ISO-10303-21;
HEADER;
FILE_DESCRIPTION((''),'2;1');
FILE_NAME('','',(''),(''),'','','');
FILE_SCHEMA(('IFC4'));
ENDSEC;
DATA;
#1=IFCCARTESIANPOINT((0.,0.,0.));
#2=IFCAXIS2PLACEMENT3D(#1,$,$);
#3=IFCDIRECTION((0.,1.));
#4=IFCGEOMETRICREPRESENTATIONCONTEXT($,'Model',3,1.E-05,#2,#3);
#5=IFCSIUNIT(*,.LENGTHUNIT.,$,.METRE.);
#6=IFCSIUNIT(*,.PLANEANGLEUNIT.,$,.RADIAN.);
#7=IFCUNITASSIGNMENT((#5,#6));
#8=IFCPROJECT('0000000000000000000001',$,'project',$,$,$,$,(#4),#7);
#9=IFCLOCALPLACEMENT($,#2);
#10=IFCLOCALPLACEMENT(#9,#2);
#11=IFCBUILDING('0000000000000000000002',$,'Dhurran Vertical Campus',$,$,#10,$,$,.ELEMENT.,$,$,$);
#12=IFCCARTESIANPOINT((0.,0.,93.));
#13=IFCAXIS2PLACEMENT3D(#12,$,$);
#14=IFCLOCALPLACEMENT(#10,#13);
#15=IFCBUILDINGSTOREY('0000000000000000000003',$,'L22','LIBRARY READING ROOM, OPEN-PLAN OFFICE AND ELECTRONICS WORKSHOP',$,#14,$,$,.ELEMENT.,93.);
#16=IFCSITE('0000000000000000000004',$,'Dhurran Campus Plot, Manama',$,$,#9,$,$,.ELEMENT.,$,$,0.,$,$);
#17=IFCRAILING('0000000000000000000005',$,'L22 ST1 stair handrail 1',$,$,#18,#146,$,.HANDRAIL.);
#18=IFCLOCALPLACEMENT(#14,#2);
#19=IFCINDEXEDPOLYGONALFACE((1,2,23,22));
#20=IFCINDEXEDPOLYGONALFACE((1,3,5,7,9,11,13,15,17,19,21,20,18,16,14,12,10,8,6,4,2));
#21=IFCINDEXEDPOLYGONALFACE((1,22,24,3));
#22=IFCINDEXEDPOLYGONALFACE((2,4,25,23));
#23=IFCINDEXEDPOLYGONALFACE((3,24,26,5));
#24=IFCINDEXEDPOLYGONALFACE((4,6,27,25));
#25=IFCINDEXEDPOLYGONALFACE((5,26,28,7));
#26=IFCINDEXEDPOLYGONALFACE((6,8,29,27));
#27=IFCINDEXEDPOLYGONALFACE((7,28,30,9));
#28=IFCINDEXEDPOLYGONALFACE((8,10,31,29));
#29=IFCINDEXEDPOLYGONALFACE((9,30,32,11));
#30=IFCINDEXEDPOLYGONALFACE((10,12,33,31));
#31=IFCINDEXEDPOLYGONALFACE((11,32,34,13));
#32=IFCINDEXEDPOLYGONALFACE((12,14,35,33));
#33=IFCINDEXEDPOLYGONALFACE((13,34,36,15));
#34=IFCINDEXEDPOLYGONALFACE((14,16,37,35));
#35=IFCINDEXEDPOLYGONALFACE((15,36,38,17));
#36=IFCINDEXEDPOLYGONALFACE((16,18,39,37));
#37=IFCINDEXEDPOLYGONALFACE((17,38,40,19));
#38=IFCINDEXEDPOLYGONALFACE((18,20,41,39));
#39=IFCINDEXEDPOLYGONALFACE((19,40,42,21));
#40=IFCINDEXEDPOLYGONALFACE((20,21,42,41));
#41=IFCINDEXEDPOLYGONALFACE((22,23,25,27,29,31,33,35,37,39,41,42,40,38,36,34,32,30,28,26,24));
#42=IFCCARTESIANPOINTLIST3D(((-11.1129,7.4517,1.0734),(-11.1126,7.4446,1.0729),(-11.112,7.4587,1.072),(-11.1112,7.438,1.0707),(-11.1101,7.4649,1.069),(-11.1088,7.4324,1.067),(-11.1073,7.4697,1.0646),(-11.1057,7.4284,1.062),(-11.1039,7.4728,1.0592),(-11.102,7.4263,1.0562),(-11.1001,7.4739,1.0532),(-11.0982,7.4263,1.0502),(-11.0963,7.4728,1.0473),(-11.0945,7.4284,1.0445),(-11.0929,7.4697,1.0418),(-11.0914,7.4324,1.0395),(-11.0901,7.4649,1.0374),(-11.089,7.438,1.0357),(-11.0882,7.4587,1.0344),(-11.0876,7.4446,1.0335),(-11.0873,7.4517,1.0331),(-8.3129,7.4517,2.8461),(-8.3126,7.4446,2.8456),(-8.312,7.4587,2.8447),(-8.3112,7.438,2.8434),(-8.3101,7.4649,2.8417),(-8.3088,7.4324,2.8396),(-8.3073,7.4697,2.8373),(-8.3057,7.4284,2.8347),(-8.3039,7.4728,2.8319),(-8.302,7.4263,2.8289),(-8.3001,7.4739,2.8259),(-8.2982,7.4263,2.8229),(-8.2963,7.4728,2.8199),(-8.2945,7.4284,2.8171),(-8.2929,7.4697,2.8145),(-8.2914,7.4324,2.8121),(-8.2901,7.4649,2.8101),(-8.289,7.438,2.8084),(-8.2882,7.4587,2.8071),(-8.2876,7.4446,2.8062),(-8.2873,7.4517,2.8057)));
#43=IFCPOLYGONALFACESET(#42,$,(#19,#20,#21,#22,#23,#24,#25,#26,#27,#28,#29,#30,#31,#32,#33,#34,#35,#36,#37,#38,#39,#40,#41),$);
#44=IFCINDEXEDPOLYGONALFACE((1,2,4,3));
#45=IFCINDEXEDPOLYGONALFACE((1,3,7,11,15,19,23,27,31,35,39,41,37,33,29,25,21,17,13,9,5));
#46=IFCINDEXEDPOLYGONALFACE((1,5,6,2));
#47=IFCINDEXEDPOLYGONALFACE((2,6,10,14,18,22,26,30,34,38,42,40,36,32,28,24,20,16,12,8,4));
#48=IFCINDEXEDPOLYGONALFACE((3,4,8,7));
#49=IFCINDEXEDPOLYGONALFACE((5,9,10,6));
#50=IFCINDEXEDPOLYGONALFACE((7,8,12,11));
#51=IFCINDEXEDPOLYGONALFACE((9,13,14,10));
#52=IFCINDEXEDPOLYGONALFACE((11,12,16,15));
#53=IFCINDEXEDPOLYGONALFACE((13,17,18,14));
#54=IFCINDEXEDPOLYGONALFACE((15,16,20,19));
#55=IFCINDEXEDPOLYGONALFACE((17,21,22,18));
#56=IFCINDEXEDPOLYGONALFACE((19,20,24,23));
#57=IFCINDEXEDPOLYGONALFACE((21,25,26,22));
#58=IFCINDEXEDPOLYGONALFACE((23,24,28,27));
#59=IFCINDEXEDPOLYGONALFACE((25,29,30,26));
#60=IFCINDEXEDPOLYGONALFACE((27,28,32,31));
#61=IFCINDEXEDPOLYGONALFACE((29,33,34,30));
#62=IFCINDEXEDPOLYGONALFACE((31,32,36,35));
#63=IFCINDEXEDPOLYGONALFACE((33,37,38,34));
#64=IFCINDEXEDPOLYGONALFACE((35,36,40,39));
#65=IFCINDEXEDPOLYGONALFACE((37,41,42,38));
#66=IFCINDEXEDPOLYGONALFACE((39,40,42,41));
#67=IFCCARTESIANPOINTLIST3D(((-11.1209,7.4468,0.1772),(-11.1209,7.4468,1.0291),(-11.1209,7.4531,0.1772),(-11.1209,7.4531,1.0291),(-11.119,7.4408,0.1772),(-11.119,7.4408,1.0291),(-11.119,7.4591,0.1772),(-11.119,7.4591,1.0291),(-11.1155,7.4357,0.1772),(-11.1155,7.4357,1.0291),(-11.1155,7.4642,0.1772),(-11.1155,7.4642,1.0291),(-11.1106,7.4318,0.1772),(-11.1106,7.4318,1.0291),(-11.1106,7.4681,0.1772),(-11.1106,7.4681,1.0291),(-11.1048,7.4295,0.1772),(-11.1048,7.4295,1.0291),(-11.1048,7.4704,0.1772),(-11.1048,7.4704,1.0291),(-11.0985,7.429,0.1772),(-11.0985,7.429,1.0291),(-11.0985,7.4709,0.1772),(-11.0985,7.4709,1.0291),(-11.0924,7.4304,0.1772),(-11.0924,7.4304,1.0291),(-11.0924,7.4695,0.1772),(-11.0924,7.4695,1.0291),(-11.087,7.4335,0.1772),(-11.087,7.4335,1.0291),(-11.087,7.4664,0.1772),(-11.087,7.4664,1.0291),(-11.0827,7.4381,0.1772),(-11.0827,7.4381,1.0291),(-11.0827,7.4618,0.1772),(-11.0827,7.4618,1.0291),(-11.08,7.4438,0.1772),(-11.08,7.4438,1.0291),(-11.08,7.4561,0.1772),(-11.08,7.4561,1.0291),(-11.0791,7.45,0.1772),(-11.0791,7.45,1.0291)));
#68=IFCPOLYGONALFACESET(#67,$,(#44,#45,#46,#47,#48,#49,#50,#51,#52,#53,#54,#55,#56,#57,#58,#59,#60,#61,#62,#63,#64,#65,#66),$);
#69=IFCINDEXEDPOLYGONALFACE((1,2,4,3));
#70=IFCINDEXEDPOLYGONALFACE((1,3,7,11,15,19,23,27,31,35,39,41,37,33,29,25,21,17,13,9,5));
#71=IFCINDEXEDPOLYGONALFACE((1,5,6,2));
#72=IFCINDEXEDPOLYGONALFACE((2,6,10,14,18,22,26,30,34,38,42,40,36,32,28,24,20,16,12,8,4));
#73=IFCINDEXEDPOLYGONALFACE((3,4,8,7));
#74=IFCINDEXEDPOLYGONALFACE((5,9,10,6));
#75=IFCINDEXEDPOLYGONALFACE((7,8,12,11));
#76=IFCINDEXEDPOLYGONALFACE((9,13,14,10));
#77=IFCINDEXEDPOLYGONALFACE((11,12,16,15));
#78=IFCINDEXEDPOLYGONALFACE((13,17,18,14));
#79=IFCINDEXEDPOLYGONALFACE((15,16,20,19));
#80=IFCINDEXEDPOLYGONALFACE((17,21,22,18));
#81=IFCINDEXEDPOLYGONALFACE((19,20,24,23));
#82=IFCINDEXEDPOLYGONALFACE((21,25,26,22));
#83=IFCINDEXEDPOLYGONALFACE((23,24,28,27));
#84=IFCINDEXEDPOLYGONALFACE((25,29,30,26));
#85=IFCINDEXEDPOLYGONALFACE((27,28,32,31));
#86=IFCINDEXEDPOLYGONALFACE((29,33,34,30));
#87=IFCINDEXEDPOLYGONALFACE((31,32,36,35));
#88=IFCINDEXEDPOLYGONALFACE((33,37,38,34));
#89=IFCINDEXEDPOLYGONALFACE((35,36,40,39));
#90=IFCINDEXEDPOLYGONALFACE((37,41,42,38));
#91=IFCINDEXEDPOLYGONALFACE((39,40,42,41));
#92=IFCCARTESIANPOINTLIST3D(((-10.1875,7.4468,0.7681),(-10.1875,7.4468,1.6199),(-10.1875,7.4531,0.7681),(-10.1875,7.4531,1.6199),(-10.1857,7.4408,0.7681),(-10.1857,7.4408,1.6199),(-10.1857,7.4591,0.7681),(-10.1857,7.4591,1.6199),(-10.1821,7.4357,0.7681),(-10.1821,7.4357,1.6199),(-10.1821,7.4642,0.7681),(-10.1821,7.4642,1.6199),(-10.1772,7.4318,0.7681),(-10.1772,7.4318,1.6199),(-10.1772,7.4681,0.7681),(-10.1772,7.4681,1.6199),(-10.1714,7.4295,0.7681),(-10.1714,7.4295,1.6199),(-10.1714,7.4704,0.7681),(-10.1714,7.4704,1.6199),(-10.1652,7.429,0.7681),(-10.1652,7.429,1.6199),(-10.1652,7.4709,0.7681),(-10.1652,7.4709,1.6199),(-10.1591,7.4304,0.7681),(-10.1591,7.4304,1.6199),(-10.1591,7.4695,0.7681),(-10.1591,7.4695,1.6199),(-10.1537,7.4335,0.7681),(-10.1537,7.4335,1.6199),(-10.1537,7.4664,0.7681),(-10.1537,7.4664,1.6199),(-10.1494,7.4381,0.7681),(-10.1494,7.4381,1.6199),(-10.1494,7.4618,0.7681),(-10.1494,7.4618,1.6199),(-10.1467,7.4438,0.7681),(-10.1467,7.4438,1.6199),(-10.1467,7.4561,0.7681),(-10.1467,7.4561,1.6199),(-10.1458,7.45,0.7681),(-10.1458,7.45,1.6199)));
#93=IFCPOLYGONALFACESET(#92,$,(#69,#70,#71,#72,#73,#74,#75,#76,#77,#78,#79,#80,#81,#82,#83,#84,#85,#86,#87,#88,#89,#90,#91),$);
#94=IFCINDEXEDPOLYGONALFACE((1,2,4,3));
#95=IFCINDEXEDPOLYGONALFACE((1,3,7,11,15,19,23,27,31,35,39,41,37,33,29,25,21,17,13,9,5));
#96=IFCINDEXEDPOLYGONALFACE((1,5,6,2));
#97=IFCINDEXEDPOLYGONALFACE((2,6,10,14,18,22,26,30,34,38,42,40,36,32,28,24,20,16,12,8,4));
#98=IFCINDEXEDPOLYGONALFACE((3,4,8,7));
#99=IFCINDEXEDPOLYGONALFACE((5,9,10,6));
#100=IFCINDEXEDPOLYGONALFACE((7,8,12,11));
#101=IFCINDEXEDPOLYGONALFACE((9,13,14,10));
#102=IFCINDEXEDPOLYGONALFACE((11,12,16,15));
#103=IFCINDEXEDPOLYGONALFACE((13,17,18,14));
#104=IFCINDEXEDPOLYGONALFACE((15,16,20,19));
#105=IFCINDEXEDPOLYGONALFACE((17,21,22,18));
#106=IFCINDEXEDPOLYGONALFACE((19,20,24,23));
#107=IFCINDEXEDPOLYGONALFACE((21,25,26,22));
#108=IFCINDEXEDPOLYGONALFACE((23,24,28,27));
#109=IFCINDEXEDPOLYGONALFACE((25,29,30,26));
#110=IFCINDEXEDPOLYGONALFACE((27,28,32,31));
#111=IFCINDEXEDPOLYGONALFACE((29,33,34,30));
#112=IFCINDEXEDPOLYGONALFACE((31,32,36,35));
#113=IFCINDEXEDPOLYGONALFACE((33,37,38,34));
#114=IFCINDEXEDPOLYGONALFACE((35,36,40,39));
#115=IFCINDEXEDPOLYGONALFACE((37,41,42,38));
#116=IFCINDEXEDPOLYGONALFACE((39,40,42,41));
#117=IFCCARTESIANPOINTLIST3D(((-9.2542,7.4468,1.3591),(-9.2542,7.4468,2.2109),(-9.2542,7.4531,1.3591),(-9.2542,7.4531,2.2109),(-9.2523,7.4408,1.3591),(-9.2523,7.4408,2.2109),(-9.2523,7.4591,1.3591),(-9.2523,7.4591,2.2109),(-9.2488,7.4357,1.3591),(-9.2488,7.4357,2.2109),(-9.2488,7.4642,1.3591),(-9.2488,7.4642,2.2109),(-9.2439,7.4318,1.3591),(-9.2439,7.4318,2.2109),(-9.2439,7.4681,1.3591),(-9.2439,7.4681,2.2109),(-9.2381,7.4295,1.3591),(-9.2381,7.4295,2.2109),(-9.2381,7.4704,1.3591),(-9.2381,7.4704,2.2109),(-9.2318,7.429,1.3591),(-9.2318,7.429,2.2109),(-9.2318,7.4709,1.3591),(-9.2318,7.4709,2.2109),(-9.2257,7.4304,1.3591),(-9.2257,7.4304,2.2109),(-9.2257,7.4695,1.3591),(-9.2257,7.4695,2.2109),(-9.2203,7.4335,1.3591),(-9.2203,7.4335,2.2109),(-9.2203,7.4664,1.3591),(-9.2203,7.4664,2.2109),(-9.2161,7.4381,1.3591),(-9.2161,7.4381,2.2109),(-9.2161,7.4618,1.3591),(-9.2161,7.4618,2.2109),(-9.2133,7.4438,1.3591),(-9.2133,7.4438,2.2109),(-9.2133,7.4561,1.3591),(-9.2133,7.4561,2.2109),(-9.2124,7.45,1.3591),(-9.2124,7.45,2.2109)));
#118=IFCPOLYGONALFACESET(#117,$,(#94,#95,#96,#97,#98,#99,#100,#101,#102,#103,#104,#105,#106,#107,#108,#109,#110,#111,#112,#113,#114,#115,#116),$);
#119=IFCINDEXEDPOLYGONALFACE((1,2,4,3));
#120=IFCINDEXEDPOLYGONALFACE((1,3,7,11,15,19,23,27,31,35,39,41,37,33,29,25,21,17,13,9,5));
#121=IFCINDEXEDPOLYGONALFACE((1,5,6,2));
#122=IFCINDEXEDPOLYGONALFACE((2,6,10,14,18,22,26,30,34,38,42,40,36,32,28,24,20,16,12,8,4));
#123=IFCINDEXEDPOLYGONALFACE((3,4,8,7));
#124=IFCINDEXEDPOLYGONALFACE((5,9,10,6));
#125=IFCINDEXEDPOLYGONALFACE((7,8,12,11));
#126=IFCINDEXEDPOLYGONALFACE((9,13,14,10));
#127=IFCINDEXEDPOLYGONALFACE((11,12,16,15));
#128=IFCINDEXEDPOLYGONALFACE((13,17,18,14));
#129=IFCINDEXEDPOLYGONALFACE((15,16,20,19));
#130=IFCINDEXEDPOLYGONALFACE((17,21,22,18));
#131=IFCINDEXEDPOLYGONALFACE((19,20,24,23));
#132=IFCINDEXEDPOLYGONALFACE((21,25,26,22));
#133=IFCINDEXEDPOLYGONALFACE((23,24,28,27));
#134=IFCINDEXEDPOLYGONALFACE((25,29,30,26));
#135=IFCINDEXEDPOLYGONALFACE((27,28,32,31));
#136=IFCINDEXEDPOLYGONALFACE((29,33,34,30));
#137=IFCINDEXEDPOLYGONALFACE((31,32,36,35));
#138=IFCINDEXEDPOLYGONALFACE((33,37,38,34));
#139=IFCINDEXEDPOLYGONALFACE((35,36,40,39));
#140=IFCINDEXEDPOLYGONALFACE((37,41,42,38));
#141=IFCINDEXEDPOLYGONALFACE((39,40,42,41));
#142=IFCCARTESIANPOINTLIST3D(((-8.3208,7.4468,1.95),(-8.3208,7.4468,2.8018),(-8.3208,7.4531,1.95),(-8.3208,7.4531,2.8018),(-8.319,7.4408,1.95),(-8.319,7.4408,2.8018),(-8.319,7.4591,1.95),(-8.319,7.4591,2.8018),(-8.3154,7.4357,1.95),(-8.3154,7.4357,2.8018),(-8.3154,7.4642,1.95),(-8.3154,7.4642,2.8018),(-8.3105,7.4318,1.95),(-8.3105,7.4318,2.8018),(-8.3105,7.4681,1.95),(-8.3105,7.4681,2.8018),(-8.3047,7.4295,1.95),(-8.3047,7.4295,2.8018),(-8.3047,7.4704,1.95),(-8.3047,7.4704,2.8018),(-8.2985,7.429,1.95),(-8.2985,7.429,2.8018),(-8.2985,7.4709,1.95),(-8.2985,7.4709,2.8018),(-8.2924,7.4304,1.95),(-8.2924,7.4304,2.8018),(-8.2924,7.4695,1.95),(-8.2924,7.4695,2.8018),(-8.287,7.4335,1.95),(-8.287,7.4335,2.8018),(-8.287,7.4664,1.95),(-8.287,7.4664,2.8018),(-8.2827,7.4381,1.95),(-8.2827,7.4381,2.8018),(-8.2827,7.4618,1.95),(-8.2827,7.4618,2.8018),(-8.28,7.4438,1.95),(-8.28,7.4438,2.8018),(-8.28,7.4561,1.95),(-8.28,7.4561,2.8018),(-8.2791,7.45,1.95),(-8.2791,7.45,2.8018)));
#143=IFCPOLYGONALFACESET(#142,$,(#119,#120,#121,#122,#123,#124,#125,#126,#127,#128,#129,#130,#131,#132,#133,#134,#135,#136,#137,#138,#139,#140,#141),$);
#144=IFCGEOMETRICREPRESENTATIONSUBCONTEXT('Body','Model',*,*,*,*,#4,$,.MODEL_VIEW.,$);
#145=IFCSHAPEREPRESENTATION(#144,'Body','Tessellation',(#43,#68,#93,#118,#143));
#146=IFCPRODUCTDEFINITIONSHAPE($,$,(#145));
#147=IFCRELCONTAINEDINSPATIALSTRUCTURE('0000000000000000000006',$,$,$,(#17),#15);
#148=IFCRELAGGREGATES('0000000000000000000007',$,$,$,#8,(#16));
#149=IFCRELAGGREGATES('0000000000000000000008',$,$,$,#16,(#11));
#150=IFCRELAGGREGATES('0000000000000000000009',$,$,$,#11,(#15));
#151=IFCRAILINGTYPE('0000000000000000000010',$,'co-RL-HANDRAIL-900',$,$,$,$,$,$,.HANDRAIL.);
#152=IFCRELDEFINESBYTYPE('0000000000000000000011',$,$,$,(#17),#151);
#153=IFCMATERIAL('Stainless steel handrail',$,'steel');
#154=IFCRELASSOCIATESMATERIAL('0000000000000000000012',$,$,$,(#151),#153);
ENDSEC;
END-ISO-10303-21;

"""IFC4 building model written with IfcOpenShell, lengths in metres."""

from ifc_helpers import new_model, si_unit, direction, frame, origin, origin_2d, place, context, subcontext, project, spatial, circle, extrude, material, type_object, element, save


model = new_model("IFC4")

# Units and contexts
model_context = context("Model", 3, precision=1e-05, world=origin(), true_north=direction((0.0, 1.0)))
body_context = subcontext(model_context, "Body", "Model", "MODEL_VIEW")
ifc_project = project(units=[si_unit("LENGTHUNIT", "METRE"), si_unit("PLANEANGLEUNIT", "RADIAN")], contexts=[model_context])

# Site, building, storey
site_placement = place(None, origin())
site = spatial("IfcSite", under=ifc_project, at=site_placement, Name="Dhurran Campus Plot, Manama", CompositionType="ELEMENT", RefElevation=0.0)
building_placement = place(site_placement, origin())
building = spatial("IfcBuilding", under=site, at=building_placement, Name="Dhurran Vertical Campus", CompositionType="ELEMENT")
storey_placement = place(building_placement, frame((0.0, 0.0, 93.0)))
storey = spatial("IfcBuildingStorey", under=building, at=storey_placement, Name="L22", Description="LIBRARY READING ROOM, OPEN-PLAN OFFICE AND ELECTRONICS WORKSHOP", CompositionType="ELEMENT", Elevation=93.0)

# Railing
ifc_material_1 = material(Name="Stainless steel handrail", Category="steel")
railing_type_1 = type_object("IfcRailingType", Name="co-RL-HANDRAIL-900", PredefinedType="HANDRAIL", material=ifc_material_1)
railing_1_placement = place(storey_placement, frame((-11.1001, 7.45, 0.1772)))
element("IfcRailing", 1, at=railing_1_placement, inside=storey, type_object=railing_type_1, Name="L22 ST1 stair handrail 1", PredefinedType="HANDRAIL", context=body_context, shape_type="SweptSolid", body=[
    extrude(circle(Radius=0.0239, at=origin_2d()), frame((0.0, 0.0, 0.876), z_axis=(0.844909, 0.0, 0.53491), x_axis=(0.0, 1.0, 0.0)), (0.0, 0.0, 1.0), 3.314),
    extrude(circle(Radius=0.021, at=origin_2d()), origin(), (0.0, 0.0, 1.0), 0.8518),
    extrude(circle(Radius=0.021, at=origin_2d()), frame((0.9333, 0.0, 0.5908)), (0.0, 0.0, 1.0), 0.8518),
    extrude(circle(Radius=0.021, at=origin_2d()), frame((1.8667, 0.0, 1.1819)), (0.0, 0.0, 1.0), 0.8518),
    extrude(circle(Radius=0.021, at=origin_2d()), frame((2.8, 0.0, 1.7727)), (0.0, 0.0, 1.0), 0.8518),
])

save(model, "model.ifc")
